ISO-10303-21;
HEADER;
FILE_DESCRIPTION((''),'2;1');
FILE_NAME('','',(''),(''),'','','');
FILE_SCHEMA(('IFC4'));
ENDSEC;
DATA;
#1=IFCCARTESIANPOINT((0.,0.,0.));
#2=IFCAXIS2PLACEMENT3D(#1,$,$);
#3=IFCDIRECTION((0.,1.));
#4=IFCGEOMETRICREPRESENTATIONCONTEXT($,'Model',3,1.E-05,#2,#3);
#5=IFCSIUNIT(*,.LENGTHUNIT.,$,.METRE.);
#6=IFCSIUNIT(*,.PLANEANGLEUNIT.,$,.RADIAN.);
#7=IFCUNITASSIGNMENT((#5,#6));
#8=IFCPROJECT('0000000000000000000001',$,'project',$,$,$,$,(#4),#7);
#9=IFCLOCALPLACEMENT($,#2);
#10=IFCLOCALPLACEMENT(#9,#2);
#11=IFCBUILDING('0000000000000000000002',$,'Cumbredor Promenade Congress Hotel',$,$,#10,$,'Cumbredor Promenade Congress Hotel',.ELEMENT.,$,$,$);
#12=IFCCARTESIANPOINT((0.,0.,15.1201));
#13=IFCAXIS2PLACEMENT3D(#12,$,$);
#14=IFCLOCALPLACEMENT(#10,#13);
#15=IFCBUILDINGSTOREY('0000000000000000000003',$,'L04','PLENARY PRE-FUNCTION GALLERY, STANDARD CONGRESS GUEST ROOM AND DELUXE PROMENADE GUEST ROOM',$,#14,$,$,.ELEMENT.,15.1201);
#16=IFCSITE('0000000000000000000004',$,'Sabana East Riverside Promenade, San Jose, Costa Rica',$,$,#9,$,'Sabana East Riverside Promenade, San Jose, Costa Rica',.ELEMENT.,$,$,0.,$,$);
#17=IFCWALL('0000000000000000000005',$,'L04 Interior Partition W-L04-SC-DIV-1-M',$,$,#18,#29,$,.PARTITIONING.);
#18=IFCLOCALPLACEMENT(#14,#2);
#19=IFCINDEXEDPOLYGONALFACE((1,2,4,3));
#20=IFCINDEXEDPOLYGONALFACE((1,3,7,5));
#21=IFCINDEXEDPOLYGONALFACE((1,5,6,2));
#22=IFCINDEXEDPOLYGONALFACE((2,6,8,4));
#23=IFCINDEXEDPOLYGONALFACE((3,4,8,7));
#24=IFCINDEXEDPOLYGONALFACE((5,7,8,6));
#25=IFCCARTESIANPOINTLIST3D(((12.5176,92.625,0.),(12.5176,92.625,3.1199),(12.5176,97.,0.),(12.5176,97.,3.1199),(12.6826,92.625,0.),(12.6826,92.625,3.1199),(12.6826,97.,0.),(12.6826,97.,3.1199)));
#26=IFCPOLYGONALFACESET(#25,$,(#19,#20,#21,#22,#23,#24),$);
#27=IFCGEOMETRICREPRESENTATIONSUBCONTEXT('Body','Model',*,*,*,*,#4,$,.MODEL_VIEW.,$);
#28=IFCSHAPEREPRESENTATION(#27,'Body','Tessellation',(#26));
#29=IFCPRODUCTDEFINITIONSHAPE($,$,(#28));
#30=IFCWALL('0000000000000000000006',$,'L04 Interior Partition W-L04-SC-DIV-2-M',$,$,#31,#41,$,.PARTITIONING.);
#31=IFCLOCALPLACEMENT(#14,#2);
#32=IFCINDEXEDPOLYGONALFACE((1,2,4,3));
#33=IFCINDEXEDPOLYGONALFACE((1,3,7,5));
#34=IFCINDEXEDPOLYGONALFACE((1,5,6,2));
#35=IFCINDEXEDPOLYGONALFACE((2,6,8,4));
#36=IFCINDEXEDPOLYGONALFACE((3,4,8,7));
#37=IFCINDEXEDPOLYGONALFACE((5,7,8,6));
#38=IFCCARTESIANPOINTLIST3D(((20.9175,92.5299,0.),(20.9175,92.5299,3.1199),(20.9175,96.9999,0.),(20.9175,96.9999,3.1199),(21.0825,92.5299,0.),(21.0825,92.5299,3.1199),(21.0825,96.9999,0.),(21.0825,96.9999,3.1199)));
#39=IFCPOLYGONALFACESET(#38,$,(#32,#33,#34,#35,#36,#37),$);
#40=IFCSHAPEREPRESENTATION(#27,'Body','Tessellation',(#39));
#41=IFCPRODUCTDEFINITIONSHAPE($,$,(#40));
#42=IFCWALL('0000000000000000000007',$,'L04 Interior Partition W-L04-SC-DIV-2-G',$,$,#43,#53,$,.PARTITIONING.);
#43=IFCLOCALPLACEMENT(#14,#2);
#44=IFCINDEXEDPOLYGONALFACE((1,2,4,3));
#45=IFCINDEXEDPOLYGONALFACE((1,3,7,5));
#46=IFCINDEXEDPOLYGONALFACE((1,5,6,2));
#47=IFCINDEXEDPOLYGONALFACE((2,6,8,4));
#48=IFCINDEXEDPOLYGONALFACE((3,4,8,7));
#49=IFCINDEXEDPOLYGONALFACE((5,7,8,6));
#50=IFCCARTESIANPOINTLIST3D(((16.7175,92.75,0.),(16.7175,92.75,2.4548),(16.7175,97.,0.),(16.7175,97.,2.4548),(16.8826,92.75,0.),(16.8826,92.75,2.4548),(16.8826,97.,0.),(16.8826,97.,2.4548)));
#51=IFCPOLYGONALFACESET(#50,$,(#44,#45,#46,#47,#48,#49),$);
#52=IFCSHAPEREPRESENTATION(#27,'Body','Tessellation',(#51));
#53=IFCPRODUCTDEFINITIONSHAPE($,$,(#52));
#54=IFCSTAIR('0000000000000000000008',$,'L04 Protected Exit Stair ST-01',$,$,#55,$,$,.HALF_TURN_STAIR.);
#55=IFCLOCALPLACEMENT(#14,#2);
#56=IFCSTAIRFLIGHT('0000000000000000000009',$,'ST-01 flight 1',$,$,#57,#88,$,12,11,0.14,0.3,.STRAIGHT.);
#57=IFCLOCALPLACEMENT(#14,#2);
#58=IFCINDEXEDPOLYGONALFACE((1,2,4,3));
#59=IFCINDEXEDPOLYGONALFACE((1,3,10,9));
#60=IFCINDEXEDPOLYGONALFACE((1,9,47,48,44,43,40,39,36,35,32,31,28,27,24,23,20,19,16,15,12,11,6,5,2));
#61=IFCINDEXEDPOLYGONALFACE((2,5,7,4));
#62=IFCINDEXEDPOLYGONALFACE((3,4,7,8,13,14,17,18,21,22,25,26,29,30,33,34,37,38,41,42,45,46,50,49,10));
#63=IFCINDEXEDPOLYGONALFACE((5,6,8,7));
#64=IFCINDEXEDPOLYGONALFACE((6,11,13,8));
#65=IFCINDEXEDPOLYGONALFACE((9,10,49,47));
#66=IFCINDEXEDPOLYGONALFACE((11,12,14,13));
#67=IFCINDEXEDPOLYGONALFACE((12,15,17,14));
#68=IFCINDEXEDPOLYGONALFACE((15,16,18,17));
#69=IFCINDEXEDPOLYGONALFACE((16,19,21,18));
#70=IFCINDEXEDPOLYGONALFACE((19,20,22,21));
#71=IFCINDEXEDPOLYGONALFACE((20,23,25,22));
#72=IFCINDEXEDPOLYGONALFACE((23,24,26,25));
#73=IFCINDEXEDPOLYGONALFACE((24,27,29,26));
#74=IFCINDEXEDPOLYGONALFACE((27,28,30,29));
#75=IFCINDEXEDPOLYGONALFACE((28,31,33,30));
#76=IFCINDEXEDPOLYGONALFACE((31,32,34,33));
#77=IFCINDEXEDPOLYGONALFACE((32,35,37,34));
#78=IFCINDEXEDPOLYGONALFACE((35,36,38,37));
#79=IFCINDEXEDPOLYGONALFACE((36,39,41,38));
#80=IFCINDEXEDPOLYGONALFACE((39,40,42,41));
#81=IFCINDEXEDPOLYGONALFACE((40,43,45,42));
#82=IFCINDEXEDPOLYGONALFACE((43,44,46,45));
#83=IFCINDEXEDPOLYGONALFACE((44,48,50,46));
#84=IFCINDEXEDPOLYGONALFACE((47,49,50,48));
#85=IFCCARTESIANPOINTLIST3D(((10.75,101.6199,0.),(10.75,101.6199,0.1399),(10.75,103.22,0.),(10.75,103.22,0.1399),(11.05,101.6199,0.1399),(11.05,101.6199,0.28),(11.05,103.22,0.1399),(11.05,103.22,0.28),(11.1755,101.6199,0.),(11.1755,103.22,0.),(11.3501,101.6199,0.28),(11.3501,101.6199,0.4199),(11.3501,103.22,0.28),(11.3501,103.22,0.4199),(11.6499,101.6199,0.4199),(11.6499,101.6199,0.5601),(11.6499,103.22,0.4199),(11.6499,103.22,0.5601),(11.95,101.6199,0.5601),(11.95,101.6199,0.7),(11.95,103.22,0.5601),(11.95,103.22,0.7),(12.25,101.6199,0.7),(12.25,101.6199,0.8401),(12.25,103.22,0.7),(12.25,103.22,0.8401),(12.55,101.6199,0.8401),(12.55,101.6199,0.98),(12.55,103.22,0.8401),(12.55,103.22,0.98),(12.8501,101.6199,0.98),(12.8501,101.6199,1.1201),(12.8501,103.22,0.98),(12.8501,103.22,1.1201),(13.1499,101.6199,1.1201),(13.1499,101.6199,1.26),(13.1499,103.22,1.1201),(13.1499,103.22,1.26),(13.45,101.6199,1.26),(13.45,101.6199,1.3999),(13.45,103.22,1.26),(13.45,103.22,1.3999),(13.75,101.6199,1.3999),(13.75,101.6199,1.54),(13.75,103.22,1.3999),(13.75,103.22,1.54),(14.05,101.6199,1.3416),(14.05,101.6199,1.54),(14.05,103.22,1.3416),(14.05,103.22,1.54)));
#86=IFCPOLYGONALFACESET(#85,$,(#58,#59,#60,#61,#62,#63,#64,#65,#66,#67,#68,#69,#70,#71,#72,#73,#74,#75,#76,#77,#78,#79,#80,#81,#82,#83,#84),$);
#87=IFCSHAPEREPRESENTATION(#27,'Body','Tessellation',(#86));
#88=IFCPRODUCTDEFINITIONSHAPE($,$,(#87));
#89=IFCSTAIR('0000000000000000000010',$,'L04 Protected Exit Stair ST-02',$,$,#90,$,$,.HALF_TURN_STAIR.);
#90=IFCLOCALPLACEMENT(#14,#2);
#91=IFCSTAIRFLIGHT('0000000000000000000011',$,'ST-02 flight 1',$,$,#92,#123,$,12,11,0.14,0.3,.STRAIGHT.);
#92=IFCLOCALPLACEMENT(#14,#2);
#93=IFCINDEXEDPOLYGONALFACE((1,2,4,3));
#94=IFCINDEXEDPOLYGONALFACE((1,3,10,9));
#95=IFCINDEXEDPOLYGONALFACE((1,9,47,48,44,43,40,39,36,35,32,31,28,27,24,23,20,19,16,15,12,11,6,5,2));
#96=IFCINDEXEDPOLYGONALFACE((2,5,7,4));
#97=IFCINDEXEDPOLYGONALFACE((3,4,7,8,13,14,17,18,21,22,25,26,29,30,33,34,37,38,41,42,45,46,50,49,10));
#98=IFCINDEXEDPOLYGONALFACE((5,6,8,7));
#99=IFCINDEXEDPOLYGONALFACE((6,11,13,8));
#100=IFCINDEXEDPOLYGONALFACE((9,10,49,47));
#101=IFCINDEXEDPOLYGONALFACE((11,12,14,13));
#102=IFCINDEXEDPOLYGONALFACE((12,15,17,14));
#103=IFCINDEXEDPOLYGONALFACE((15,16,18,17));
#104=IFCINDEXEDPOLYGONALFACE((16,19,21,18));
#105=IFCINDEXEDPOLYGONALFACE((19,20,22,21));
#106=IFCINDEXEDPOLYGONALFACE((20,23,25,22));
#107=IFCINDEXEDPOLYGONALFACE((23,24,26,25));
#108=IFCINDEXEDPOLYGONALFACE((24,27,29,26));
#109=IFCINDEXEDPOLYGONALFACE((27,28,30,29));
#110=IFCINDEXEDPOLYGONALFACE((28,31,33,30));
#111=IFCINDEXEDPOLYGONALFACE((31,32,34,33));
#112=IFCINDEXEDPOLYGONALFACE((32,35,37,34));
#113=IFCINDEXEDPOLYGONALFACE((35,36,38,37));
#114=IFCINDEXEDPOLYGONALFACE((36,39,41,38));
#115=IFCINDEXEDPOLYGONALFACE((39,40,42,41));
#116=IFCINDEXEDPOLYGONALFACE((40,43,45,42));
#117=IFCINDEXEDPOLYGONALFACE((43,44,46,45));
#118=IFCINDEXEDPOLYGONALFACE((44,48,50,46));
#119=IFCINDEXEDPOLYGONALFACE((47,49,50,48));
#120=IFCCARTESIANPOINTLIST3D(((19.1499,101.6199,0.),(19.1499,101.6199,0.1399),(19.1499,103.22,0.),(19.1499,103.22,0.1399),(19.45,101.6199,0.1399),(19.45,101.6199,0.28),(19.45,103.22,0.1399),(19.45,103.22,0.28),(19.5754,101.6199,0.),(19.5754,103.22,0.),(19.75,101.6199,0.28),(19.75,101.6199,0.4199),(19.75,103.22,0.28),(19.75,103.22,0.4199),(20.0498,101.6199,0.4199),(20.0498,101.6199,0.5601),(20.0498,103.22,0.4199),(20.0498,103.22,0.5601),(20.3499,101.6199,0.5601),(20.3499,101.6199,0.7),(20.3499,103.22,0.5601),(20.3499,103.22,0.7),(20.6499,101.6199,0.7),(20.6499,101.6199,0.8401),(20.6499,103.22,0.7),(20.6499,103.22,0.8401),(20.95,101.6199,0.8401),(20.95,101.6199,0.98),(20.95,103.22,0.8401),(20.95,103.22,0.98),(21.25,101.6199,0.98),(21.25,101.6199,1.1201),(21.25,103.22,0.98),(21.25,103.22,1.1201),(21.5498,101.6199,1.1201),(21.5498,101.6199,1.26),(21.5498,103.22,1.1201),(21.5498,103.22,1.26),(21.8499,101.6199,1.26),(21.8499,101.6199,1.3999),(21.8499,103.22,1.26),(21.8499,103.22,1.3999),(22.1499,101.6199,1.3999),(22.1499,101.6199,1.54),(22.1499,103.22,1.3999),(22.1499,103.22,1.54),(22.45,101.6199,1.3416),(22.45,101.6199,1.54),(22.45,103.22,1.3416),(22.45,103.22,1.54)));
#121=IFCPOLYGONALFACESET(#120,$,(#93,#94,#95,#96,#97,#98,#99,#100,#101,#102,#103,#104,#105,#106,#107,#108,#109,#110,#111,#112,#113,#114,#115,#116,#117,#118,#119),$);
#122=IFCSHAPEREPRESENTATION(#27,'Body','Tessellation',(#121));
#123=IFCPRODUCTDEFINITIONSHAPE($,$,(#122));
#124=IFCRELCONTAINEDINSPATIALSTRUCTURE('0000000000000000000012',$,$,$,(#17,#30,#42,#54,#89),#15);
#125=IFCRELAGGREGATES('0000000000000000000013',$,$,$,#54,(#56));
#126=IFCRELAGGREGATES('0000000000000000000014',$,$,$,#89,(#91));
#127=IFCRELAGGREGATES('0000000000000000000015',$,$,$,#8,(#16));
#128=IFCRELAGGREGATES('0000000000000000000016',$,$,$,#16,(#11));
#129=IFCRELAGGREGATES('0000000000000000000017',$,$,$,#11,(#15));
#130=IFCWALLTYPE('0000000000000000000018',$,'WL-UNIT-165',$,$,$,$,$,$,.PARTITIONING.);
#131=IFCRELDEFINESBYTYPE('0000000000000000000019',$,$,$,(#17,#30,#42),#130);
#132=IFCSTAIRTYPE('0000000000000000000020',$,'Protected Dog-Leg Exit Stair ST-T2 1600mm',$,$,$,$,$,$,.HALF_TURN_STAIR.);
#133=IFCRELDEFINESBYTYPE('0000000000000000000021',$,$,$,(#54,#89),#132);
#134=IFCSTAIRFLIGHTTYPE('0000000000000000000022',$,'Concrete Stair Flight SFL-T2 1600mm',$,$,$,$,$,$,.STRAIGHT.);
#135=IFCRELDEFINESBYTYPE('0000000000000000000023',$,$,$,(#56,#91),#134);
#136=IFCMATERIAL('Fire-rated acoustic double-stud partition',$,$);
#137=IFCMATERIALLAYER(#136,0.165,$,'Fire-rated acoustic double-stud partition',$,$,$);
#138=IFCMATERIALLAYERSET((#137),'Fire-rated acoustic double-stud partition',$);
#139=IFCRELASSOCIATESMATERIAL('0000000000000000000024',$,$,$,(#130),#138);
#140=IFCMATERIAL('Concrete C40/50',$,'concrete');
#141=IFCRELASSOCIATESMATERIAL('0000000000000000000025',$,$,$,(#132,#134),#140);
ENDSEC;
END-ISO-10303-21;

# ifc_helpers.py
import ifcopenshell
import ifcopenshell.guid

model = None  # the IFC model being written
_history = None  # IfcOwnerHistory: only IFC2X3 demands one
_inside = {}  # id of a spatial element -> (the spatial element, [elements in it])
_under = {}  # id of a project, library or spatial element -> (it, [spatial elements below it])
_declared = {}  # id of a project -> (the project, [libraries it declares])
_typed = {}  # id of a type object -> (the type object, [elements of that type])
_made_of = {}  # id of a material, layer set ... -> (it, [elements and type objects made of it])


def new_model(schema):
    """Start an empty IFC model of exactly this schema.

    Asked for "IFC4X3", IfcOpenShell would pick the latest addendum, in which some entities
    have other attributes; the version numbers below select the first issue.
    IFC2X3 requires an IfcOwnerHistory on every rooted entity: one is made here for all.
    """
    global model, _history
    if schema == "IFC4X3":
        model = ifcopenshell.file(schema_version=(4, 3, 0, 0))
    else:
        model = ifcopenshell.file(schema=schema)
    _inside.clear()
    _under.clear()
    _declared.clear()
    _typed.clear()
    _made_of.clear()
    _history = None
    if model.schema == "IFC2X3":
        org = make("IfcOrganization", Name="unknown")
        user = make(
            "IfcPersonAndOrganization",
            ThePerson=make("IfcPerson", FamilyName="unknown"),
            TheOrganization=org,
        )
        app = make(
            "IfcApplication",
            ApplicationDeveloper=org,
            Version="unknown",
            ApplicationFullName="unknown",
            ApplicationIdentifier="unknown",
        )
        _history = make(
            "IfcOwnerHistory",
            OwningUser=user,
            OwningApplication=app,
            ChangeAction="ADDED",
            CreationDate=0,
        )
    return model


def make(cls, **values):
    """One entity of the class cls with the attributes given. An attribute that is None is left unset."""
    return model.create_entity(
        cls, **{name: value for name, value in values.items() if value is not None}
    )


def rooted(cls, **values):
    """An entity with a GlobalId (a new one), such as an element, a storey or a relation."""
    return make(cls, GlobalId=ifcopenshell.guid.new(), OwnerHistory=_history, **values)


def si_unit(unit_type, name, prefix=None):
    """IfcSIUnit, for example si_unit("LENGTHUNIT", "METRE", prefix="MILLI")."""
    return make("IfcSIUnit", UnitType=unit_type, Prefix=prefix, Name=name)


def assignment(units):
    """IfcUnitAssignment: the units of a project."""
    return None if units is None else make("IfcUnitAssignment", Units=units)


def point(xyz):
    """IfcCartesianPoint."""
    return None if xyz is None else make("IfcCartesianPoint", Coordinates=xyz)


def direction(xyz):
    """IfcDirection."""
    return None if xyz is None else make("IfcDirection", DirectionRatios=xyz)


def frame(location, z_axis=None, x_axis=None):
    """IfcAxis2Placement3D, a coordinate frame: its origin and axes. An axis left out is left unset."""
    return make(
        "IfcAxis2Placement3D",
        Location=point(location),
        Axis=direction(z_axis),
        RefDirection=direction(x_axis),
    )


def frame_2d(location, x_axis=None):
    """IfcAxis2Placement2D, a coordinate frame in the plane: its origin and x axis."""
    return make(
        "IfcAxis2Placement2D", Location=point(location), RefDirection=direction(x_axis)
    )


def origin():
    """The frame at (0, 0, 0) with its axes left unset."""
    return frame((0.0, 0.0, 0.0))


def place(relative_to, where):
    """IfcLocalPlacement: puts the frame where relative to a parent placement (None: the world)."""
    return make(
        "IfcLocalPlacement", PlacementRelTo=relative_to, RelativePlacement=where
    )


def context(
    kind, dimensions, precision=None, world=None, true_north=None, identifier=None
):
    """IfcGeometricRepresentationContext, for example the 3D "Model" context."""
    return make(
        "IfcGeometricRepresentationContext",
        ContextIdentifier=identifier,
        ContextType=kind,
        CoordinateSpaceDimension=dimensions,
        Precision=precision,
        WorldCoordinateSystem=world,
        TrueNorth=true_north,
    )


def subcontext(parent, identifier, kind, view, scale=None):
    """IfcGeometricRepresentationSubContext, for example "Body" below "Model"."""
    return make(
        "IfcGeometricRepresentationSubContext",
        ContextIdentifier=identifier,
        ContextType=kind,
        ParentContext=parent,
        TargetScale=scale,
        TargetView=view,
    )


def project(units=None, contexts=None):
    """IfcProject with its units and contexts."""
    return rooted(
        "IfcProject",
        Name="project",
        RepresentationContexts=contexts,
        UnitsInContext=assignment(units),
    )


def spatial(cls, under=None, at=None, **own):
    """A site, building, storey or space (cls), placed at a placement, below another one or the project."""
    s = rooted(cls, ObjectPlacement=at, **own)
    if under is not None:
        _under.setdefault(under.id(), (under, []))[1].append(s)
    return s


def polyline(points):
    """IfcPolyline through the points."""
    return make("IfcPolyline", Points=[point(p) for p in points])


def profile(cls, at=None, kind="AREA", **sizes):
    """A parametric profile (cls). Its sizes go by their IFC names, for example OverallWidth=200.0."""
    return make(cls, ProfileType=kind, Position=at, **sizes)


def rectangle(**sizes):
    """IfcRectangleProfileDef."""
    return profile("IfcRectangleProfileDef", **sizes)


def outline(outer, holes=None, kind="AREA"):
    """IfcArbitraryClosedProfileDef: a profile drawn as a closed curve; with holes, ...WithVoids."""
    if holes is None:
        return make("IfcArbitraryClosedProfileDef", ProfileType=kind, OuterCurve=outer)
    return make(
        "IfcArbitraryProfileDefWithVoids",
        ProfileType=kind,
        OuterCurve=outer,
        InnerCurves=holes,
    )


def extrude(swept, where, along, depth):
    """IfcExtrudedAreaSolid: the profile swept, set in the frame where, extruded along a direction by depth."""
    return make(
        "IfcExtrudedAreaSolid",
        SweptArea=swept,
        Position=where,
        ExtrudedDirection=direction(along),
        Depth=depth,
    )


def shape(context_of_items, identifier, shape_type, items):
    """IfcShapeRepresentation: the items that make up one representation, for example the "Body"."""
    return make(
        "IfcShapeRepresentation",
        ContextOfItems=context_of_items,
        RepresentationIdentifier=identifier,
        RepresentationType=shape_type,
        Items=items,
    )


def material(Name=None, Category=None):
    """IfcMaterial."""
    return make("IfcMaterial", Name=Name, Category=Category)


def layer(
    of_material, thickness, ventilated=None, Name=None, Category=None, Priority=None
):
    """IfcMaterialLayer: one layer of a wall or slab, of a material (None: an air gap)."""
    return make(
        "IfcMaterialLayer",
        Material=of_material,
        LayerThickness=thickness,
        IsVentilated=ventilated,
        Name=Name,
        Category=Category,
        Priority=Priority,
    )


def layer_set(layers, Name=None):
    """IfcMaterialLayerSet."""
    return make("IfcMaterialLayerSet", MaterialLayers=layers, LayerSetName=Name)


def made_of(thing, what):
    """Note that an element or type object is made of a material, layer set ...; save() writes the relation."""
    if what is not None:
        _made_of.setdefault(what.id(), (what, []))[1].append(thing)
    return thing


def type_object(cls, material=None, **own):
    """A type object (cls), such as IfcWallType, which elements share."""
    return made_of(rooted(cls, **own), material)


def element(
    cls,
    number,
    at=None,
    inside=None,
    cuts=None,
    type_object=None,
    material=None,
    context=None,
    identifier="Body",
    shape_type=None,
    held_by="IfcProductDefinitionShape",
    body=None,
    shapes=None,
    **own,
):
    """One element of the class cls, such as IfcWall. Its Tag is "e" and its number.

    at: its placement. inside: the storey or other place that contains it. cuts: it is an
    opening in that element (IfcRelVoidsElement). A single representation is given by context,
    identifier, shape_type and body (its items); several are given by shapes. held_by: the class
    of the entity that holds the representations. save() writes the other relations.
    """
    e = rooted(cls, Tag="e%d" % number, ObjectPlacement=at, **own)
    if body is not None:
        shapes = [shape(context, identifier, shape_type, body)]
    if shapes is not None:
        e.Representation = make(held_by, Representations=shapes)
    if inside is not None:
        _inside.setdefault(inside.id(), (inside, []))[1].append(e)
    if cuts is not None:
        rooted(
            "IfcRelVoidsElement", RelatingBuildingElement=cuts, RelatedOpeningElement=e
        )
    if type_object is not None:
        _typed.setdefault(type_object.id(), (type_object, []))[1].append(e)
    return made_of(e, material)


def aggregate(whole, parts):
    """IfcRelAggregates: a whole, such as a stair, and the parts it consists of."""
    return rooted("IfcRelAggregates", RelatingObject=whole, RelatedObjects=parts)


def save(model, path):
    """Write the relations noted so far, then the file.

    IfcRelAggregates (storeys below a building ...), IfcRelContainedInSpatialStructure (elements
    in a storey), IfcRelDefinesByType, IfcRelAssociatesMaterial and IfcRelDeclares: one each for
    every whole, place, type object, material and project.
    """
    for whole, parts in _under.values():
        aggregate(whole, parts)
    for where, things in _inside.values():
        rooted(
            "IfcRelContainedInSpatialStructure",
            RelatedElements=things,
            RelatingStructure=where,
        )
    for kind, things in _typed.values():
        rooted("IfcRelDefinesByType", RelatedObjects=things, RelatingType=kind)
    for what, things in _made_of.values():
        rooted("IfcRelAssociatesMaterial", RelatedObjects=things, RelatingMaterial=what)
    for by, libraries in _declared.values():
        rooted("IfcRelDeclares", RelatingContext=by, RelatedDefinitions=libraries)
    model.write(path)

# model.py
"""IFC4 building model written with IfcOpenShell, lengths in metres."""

from ifc_helpers import new_model, si_unit, direction, frame, frame_2d, origin, place, context, subcontext, project, spatial, polyline, rectangle, outline, extrude, material, layer, layer_set, type_object, element, aggregate, save


model = new_model("IFC4")

# Units and contexts
model_context = context("Model", 3, precision=1e-05, world=origin(), true_north=direction((0.0, 1.0)))
body_context = subcontext(model_context, "Body", "Model", "MODEL_VIEW")
ifc_project = project(units=[si_unit("LENGTHUNIT", "METRE"), si_unit("PLANEANGLEUNIT", "RADIAN")], contexts=[model_context])

# Site, building, storey
site_placement = place(None, origin())
site = spatial("IfcSite", under=ifc_project, at=site_placement, Name="Sabana East Riverside Promenade, San Jose, Costa Rica", LongName="Sabana East Riverside Promenade, San Jose, Costa Rica", CompositionType="ELEMENT", RefElevation=0.0)
building_placement = place(site_placement, origin())
building = spatial("IfcBuilding", under=site, at=building_placement, Name="Cumbredor Promenade Congress Hotel", LongName="Cumbredor Promenade Congress Hotel", CompositionType="ELEMENT")
storey_placement = place(building_placement, frame((0.0, 0.0, 15.1201)))
storey = spatial("IfcBuildingStorey", under=building, at=storey_placement, Name="L04", Description="PLENARY PRE-FUNCTION GALLERY, STANDARD CONGRESS GUEST ROOM AND DELUXE PROMENADE GUEST ROOM", CompositionType="ELEMENT", Elevation=15.1201)

# Shared definitions
ifc_material_1 = material(Name="Concrete C40/50", Category="concrete")

# Walls
ifc_material_2 = material(Name="Fire-rated acoustic double-stud partition")
ifc_layer_1 = layer(ifc_material_2, 0.165, Name="Fire-rated acoustic double-stud partition")
ifc_layer_set_1 = layer_set([ifc_layer_1], Name="Fire-rated acoustic double-stud partition")
wall_type_1 = type_object("IfcWallType", Name="WL-UNIT-165", PredefinedType="PARTITIONING", material=ifc_layer_set_1)
wall_1_placement = place(storey_placement, frame((12.6001, 92.625, 0.0), z_axis=(0.0, 0.0, 1.0), x_axis=(0.0, 1.0, 0.0)))
element("IfcWall", 1, at=wall_1_placement, inside=storey, type_object=wall_type_1, Name="L04 Interior Partition W-L04-SC-DIV-1-M", PredefinedType="PARTITIONING", context=body_context, shape_type="SweptSolid", body=[
    extrude(rectangle(XDim=4.375, YDim=0.165, at=frame_2d((2.1875, 0.0))), origin(), (0.0, 0.0, 1.0), 3.1199),
])
wall_2_placement = place(storey_placement, frame((21.0, 92.53, 0.0), z_axis=(0.0, 0.0, 1.0), x_axis=(0.0, 1.0, 0.0)))
element("IfcWall", 2, at=wall_2_placement, inside=storey, type_object=wall_type_1, Name="L04 Interior Partition W-L04-SC-DIV-2-M", PredefinedType="PARTITIONING", context=body_context, shape_type="SweptSolid", body=[
    extrude(rectangle(XDim=4.47, YDim=0.165, at=frame_2d((2.2349, 0.0))), origin(), (0.0, 0.0, 1.0), 3.1199),
])
wall_3_placement = place(storey_placement, frame((16.8, 92.75, 0.0), z_axis=(0.0, 0.0, 1.0), x_axis=(0.0, 1.0, 0.0)))
element("IfcWall", 3, at=wall_3_placement, inside=storey, type_object=wall_type_1, Name="L04 Interior Partition W-L04-SC-DIV-2-G", PredefinedType="PARTITIONING", context=body_context, shape_type="SweptSolid", body=[
    extrude(rectangle(XDim=4.25, YDim=0.165, at=frame_2d((2.125, 0.0))), origin(), (0.0, 0.0, 1.0), 2.4548),
])

# Stairs, stair flights
stair_type = type_object("IfcStairType", Name="Protected Dog-Leg Exit Stair ST-T2 1600mm", PredefinedType="HALF_TURN_STAIR", material=ifc_material_1)
stair_1_placement = place(storey_placement, origin())
stair_1 = element("IfcStair", 4, at=stair_1_placement, inside=storey, type_object=stair_type, Name="L04 Protected Exit Stair ST-01", PredefinedType="HALF_TURN_STAIR")
stair_flight_type = type_object("IfcStairFlightType", Name="Concrete Stair Flight SFL-T2 1600mm", PredefinedType="STRAIGHT", material=ifc_material_1)
stair_flight_1_placement = place(storey_placement, frame((10.75, 102.4199, 0.0), z_axis=(0.0, 0.0, 1.0), x_axis=(1.0, 0.0, 0.0)))
stair_flight_1 = element("IfcStairFlight", 5, at=stair_flight_1_placement, type_object=stair_flight_type, Name="ST-01 flight 1", NumberOfRisers=12, NumberOfTreads=11, PredefinedType="STRAIGHT", RiserHeight=0.14, TreadLength=0.3, context=body_context, shape_type="SweptSolid", body=[
    extrude(outline(polyline([(0.0, 0.0), (0.0, 0.1399), (0.3, 0.1399), (0.3, 0.28), (0.6001, 0.28), (0.6001, 0.4199), (0.8999, 0.4199), (0.8999, 0.5601), (1.2, 0.5601), (1.2, 0.7), (1.5, 0.7), (1.5, 0.8401), (1.8, 0.8401), (1.8, 0.98), (2.1001, 0.98), (2.1001, 1.1201), (2.3999, 1.1201), (2.3999, 1.26), (2.7, 1.26), (2.7, 1.3999), (3.0, 1.3999), (3.0, 1.54), (3.3, 1.54), (3.3, 1.6799), (3.3, 1.3416), (0.4255, 0.0), (0.0, 0.0)])), frame((0.0, 0.8, 0.0), z_axis=(0.0, -1.0, 0.0), x_axis=(1.0, 0.0, 0.0)), (0.0, 0.0, 1.0), 1.6001),
])
aggregate(stair_1, [stair_flight_1])
stair_2_placement = place(storey_placement, origin())
stair_2 = element("IfcStair", 6, at=stair_2_placement, inside=storey, type_object=stair_type, Name="L04 Protected Exit Stair ST-02", PredefinedType="HALF_TURN_STAIR")
stair_flight_2_placement = place(storey_placement, frame((19.1499, 102.4199, 0.0), z_axis=(0.0, 0.0, 1.0), x_axis=(1.0, 0.0, 0.0)))
stair_flight_2 = element("IfcStairFlight", 7, at=stair_flight_2_placement, type_object=stair_flight_type, Name="ST-02 flight 1", NumberOfRisers=12, NumberOfTreads=11, PredefinedType="STRAIGHT", RiserHeight=0.14, TreadLength=0.3, context=body_context, shape_type="SweptSolid", body=[
    extrude(outline(polyline([(0.0, 0.0), (0.0, 0.1399), (0.3, 0.1399), (0.3, 0.28), (0.6001, 0.28), (0.6001, 0.4199), (0.8999, 0.4199), (0.8999, 0.5601), (1.2, 0.5601), (1.2, 0.7), (1.5, 0.7), (1.5, 0.8401), (1.8, 0.8401), (1.8, 0.98), (2.1001, 0.98), (2.1001, 1.1201), (2.3999, 1.1201), (2.3999, 1.26), (2.7, 1.26), (2.7, 1.3999), (3.0, 1.3999), (3.0, 1.54), (3.3, 1.54), (3.3, 1.6799), (3.3, 1.3416), (0.4255, 0.0), (0.0, 0.0)])), frame((0.0, 0.8, 0.0), z_axis=(0.0, -1.0, 0.0), x_axis=(1.0, 0.0, 0.0)), (0.0, 0.0, 1.0), 1.6001),
])
aggregate(stair_2, [stair_flight_2])

save(model, "model.ifc")
